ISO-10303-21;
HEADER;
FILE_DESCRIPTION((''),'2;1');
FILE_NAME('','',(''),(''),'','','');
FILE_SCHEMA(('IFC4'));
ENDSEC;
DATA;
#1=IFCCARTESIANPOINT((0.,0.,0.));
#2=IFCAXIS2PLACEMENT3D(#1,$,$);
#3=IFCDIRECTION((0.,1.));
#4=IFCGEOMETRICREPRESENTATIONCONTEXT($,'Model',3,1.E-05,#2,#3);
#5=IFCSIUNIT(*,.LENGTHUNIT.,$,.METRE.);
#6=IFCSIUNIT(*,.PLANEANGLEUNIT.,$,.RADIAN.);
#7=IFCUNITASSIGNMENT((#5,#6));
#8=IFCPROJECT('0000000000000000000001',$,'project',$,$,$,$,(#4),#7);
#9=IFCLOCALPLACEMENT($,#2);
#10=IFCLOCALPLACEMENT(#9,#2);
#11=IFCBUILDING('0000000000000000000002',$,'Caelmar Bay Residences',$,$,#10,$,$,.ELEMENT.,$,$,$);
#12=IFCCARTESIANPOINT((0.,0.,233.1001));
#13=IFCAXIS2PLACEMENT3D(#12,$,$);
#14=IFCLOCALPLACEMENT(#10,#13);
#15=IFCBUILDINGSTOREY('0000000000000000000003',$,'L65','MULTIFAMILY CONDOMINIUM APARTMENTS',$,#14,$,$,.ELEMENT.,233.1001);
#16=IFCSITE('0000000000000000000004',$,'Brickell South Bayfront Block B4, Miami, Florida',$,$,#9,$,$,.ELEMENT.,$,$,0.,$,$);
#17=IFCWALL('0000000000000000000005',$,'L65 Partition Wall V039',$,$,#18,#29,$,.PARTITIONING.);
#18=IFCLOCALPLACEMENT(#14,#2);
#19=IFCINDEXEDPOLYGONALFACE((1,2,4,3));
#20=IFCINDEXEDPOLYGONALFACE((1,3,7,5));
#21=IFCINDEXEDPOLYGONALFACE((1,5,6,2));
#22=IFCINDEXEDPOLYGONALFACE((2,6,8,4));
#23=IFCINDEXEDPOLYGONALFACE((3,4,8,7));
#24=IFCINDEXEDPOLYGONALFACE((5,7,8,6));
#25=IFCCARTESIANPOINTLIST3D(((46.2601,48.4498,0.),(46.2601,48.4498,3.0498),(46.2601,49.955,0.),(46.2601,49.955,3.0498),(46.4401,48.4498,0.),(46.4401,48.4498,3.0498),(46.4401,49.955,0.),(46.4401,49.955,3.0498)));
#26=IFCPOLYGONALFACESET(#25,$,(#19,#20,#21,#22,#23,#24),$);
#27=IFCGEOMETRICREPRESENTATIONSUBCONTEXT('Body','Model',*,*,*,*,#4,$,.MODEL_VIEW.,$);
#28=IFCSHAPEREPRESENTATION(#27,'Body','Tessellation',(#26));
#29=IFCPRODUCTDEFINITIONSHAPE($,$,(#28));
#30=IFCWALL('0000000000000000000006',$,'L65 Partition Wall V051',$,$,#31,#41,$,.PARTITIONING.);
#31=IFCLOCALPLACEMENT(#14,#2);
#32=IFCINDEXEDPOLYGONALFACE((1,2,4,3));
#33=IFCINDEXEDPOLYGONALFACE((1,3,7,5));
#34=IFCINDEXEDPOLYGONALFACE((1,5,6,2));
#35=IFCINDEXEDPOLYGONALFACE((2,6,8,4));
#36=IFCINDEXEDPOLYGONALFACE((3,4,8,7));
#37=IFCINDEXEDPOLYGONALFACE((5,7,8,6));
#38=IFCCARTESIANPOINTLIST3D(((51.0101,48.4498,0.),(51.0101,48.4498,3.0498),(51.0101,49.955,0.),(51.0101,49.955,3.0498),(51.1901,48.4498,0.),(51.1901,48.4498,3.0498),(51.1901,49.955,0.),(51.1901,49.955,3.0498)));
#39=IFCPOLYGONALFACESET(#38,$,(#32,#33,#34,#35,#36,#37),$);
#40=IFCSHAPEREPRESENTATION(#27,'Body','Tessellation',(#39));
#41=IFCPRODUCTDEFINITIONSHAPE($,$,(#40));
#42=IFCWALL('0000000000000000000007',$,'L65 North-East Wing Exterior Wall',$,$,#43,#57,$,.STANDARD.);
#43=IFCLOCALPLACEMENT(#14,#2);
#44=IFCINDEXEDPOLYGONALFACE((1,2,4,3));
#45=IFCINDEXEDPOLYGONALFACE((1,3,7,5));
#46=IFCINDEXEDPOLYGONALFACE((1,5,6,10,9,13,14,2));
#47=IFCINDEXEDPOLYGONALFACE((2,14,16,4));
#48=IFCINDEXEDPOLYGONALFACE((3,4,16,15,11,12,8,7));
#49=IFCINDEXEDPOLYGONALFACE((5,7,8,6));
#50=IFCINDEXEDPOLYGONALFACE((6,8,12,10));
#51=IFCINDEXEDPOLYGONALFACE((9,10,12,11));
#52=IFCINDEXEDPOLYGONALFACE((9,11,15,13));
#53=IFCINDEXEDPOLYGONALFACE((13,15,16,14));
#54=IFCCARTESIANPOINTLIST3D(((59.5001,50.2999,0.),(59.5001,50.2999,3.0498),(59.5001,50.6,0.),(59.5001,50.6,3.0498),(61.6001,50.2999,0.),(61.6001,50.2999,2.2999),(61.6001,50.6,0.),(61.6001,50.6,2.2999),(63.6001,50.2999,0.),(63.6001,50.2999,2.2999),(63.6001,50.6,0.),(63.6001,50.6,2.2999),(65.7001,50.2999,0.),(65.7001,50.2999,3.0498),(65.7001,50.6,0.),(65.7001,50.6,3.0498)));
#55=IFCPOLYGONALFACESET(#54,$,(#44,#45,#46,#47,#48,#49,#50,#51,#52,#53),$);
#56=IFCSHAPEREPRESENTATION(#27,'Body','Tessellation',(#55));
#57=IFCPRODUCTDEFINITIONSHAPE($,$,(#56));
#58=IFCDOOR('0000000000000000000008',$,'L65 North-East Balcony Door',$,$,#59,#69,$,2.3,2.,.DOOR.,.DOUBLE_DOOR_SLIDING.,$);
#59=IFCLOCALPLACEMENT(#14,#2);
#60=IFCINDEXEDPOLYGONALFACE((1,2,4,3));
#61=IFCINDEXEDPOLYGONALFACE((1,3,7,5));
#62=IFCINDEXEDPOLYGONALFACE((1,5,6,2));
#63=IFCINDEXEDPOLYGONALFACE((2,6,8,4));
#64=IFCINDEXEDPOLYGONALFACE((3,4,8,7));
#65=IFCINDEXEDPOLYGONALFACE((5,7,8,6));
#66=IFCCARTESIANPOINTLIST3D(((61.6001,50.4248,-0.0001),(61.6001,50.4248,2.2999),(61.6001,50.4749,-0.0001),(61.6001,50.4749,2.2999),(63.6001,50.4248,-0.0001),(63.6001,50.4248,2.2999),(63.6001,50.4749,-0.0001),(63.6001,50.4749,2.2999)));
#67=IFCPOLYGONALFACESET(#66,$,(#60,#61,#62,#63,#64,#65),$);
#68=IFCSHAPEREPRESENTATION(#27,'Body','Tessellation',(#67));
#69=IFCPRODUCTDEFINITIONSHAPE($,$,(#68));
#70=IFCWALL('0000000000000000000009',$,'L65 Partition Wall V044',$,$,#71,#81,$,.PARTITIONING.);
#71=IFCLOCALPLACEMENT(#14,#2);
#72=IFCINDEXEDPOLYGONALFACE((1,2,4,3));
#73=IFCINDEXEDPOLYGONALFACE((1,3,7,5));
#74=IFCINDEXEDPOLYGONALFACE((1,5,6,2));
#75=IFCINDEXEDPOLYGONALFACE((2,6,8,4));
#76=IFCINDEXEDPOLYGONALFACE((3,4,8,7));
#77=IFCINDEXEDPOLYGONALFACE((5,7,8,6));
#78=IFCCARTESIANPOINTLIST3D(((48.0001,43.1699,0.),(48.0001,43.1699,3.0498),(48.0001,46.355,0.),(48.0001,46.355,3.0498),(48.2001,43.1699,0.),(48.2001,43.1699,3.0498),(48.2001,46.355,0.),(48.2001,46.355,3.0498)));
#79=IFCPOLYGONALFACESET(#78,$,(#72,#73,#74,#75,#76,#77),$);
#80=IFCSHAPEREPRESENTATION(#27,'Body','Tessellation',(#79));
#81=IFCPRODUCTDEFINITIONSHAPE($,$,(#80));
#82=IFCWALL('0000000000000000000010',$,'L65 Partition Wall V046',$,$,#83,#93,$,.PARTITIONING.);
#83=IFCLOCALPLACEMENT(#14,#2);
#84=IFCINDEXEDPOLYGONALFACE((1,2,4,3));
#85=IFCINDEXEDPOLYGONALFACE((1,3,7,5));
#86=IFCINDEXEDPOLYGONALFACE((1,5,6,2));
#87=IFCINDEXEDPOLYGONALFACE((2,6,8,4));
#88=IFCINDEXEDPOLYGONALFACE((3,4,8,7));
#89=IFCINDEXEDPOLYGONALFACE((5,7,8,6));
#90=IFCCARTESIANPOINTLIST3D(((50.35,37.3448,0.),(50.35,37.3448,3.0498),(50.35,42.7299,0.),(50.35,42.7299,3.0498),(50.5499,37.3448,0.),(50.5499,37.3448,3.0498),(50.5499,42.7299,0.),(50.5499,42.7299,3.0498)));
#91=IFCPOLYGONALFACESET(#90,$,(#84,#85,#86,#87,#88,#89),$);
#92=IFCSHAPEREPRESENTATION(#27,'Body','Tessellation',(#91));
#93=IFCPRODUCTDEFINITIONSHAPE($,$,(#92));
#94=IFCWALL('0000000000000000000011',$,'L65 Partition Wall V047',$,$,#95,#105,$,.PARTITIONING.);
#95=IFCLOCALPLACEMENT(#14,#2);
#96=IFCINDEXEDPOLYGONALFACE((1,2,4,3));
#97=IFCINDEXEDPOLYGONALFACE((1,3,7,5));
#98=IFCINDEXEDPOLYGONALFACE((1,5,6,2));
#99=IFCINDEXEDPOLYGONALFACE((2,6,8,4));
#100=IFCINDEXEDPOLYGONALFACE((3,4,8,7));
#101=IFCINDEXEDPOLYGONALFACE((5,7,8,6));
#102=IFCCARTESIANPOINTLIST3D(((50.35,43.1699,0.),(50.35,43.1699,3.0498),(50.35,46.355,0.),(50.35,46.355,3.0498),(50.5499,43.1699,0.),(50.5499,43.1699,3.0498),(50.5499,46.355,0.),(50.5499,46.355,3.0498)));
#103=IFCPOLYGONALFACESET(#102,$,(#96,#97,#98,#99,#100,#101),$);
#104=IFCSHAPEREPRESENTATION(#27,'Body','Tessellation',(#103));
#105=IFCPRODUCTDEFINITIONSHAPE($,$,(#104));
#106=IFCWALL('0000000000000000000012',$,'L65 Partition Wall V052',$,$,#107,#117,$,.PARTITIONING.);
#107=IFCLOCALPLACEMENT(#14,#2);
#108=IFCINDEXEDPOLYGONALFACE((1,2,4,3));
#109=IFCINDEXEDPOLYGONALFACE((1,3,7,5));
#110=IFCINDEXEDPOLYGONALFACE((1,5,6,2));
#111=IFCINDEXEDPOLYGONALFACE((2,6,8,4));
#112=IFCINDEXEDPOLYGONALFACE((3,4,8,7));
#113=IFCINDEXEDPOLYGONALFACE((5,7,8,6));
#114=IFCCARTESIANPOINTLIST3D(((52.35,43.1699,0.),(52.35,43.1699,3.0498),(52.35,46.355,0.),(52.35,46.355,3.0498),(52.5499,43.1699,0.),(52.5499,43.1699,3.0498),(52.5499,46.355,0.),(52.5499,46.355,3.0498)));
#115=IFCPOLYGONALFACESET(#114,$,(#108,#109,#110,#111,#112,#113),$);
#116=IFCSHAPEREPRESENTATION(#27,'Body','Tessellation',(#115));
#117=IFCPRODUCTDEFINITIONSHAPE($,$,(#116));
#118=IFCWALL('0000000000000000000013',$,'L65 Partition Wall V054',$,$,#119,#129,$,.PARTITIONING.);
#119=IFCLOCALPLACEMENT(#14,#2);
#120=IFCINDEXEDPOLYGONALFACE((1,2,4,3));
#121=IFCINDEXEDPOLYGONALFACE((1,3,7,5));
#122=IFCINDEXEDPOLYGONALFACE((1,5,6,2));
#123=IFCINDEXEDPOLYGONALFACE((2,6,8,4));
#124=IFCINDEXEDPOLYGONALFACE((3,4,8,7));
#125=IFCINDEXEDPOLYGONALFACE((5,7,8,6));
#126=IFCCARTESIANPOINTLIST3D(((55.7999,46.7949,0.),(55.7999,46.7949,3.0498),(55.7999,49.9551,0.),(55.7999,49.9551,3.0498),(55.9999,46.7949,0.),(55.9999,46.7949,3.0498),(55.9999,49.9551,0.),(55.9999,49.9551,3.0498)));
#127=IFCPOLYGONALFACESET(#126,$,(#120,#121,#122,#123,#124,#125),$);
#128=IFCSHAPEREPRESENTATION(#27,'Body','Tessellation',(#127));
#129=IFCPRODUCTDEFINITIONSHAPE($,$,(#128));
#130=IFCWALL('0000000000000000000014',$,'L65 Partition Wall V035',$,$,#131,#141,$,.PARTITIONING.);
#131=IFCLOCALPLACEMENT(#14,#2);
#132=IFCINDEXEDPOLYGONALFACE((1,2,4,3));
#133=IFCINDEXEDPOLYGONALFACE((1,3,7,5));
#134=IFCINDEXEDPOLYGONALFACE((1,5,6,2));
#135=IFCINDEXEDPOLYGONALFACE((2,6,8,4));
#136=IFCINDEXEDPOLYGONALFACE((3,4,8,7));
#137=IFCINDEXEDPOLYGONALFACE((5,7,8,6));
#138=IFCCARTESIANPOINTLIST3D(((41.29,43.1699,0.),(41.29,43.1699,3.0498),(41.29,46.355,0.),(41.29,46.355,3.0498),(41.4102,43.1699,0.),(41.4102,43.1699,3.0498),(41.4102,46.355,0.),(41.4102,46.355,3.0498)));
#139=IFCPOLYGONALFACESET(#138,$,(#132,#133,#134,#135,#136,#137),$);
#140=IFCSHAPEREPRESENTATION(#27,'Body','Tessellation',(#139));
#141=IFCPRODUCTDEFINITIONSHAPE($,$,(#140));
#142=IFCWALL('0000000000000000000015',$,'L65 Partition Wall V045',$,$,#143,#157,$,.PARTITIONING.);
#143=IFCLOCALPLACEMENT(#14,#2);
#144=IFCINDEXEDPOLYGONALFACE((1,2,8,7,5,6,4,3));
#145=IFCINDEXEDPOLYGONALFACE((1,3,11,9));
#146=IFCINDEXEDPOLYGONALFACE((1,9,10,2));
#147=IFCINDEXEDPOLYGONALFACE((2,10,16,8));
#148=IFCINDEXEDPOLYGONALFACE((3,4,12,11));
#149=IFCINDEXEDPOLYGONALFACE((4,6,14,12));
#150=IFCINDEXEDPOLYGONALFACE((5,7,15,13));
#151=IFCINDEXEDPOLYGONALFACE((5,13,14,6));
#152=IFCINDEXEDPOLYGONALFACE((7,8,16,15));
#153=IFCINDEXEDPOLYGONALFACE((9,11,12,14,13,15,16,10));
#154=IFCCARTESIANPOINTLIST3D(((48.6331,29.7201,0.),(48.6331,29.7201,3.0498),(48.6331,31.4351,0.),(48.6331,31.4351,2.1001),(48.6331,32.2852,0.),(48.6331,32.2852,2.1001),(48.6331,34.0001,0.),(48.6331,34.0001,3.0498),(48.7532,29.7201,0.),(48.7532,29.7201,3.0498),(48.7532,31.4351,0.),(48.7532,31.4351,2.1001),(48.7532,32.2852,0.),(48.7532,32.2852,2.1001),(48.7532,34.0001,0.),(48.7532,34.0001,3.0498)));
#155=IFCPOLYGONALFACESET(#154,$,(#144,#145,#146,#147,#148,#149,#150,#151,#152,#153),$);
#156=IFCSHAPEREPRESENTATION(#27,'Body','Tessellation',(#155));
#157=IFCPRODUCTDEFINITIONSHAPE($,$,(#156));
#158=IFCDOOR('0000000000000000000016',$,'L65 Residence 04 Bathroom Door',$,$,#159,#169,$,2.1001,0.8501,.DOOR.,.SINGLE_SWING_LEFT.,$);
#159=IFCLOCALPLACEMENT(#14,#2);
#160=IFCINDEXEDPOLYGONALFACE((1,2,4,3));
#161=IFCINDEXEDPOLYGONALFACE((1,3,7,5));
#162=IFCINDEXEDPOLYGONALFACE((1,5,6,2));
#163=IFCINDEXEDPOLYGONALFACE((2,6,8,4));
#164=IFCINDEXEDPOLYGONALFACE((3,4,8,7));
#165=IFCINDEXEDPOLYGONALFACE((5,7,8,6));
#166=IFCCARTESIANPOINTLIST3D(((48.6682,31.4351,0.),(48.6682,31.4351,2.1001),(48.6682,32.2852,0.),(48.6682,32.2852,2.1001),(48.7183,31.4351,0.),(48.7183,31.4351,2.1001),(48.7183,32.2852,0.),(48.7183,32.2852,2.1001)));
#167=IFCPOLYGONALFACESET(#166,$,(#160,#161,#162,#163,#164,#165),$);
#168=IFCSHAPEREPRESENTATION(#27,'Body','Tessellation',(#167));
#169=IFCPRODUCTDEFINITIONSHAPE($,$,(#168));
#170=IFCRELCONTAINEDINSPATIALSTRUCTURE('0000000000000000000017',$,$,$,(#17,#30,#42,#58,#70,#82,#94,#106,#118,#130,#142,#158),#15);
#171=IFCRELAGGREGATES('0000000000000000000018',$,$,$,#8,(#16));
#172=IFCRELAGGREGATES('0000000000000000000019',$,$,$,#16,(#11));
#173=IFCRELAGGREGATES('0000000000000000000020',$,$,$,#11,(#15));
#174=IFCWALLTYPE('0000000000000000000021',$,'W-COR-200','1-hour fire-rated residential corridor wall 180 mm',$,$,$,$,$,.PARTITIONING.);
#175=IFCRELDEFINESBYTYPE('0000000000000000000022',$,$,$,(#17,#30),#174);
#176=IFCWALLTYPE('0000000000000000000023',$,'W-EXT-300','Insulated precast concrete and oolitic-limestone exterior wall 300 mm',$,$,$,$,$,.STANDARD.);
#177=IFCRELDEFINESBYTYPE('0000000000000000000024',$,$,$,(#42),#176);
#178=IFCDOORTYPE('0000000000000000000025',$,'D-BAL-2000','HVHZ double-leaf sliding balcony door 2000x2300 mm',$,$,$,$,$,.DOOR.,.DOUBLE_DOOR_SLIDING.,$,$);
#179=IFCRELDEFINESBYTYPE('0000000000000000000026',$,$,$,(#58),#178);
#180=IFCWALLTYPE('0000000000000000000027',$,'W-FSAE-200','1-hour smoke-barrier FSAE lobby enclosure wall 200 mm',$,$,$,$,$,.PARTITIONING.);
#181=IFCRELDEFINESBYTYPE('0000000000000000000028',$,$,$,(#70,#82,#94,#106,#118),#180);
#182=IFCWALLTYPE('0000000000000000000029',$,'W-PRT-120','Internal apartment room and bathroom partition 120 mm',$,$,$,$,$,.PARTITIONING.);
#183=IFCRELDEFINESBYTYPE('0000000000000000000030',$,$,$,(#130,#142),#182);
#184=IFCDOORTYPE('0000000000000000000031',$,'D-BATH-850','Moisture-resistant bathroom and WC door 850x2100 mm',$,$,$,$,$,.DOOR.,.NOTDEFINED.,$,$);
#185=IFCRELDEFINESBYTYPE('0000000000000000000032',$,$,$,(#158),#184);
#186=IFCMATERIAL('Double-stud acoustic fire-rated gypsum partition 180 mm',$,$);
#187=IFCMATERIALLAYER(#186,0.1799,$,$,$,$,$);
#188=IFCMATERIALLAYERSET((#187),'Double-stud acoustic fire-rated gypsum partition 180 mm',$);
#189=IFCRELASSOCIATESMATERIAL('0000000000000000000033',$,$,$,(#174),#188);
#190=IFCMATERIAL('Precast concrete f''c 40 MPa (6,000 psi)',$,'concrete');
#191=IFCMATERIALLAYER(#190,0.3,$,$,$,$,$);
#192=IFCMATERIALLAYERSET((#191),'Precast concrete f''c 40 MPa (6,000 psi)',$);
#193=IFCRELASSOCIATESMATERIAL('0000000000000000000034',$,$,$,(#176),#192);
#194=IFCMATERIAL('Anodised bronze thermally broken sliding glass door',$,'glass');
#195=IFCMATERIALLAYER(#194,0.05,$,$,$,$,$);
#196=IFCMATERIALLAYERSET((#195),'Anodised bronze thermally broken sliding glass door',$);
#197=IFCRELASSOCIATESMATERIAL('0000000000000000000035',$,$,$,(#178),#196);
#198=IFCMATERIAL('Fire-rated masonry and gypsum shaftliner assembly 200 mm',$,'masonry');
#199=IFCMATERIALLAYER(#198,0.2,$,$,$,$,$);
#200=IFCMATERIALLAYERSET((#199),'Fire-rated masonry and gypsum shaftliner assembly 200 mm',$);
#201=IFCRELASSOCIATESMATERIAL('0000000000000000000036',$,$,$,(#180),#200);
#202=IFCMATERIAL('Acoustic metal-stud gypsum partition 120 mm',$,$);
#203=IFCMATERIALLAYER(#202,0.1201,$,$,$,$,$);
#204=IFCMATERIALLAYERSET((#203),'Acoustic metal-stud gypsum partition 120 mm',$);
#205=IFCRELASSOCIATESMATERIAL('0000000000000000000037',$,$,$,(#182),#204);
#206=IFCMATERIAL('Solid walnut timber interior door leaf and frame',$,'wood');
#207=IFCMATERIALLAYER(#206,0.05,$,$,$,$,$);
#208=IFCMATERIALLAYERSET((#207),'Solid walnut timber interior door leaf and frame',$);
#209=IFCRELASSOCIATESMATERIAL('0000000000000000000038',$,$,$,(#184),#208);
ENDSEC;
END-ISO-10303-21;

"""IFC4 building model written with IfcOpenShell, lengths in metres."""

from ifc_helpers import new_model, si_unit, direction, frame, frame_2d, origin, place, context, subcontext, project, spatial, rectangle, extrude, material, layer, layer_set, type_object, element, fill, save


model = new_model("IFC4")

# Units and contexts
model_context = context("Model", 3, precision=1e-05, world=origin(), true_north=direction((0.0, 1.0)))
body_context = subcontext(model_context, "Body", "Model", "MODEL_VIEW")
ifc_project = project(units=[si_unit("LENGTHUNIT", "METRE"), si_unit("PLANEANGLEUNIT", "RADIAN")], contexts=[model_context])

# Site, building, storey
site_placement = place(None, origin())
site = spatial("IfcSite", under=ifc_project, at=site_placement, Name="Brickell South Bayfront Block B4, Miami, Florida", CompositionType="ELEMENT", RefElevation=0.0)
building_placement = place(site_placement, origin())
building = spatial("IfcBuilding", under=site, at=building_placement, Name="Caelmar Bay Residences", CompositionType="ELEMENT")
storey_placement = place(building_placement, frame((0.0, 0.0, 233.1001)))
storey = spatial("IfcBuildingStorey", under=building, at=storey_placement, Name="L65", Description="MULTIFAMILY CONDOMINIUM APARTMENTS", CompositionType="ELEMENT", Elevation=233.1001)

# Walls
ifc_material_1 = material(Name="Double-stud acoustic fire-rated gypsum partition 180 mm")
ifc_layer_1 = layer(ifc_material_1, 0.1799)
ifc_layer_set_1 = layer_set([ifc_layer_1], Name="Double-stud acoustic fire-rated gypsum partition 180 mm")
wall_type_1 = type_object("IfcWallType", Name="W-COR-200", Description="1-hour fire-rated residential corridor wall 180 mm", PredefinedType="PARTITIONING", material=ifc_layer_set_1)
for number, where, z_axis, x_axis, name in (
    (1, (46.3501, 48.45, 0.0), (0.0, 0.0, 1.0), (0.0, 1.0, 0.0), "L65 Partition Wall V039"),
    (2, (51.1001, 48.45, 0.0), (0.0, 0.0, 1.0), (0.0, 1.0, 0.0), "L65 Partition Wall V051"),
):
    element("IfcWall", number, at=place(storey_placement, frame(where, z_axis=z_axis, x_axis=x_axis)), inside=storey, type_object=wall_type_1, Name=name, PredefinedType="PARTITIONING", context=body_context, shape_type="SweptSolid", body=[
        extrude(rectangle(XDim=1.5051, YDim=0.1799, at=frame_2d((0.7524, 0.0))), origin(), (0.0, 0.0, 1.0), 3.0498),
    ])

# Wall, opening, door
ifc_material_2 = material(Name="Precast concrete f'c 40 MPa (6,000 psi)", Category="concrete")
ifc_layer_2 = layer(ifc_material_2, 0.3)
ifc_layer_set_2 = layer_set([ifc_layer_2], Name="Precast concrete f'c 40 MPa (6,000 psi)")
wall_type_2 = type_object("IfcWallType", Name="W-EXT-300", Description="Insulated precast concrete and oolitic-limestone exterior wall 300 mm", PredefinedType="STANDARD", material=ifc_layer_set_2)
wall_1_placement = place(storey_placement, frame((59.5, 50.45, 0.0), z_axis=(0.0, 0.0, 1.0), x_axis=(1.0, 0.0, 0.0)))
wall_1 = element("IfcWall", 3, at=wall_1_placement, inside=storey, type_object=wall_type_2, Name="L65 North-East Wing Exterior Wall", PredefinedType="STANDARD", context=body_context, shape_type="SweptSolid", body=[
    extrude(rectangle(XDim=6.2, YDim=0.3, at=frame_2d((3.1001, 0.0))), origin(), (0.0, 0.0, 1.0), 3.0498),
])
opening_1_placement = place(wall_1_placement, frame((2.1001, 0.0, 0.0)))
opening_1 = element("IfcOpeningElement", 4, at=opening_1_placement, cuts=wall_1, PredefinedType="OPENING", context=body_context, shape_type="SweptSolid", body=[
    extrude(rectangle(XDim=2.0, YDim=2.3, at=frame_2d((1.0, 1.1499))), frame((0.0, 0.1599, 0.0), z_axis=(0.0, -1.0, 0.0), x_axis=(1.0, 0.0, 0.0)), (0.0, 0.0, 1.0), 0.3201),
])
ifc_material_3 = material(Name="Anodised bronze thermally broken sliding glass door", Category="glass")
ifc_layer_3 = layer(ifc_material_3, 0.05)
ifc_layer_set_3 = layer_set([ifc_layer_3], Name="Anodised bronze thermally broken sliding glass door")
door_type_1 = type_object("IfcDoorType", Name="D-BAL-2000", Description="HVHZ double-leaf sliding balcony door 2000x2300 mm", OperationType="DOUBLE_DOOR_SLIDING", PredefinedType="DOOR", material=ifc_layer_set_3)
door_1_placement = place(opening_1_placement, origin())
door_1 = element("IfcDoor", 5, at=door_1_placement, inside=storey, type_object=door_type_1, Name="L65 North-East Balcony Door", OperationType="DOUBLE_DOOR_SLIDING", OverallHeight=2.3, OverallWidth=2.0, PredefinedType="DOOR", context=body_context, shape_type="SweptSolid", body=[
    extrude(rectangle(XDim=2.0, YDim=2.3, at=frame_2d((1.0, 1.1499))), frame((0.0, 0.0249, 0.0), z_axis=(0.0, -1.0, 0.0), x_axis=(1.0, 0.0, 0.0)), (0.0, 0.0, 1.0), 0.05),
])
fill(opening_1, door_1)

# Walls
ifc_material_4 = material(Name="Fire-rated masonry and gypsum shaftliner assembly 200 mm", Category="masonry")
ifc_layer_4 = layer(ifc_material_4, 0.2)
ifc_layer_set_4 = layer_set([ifc_layer_4], Name="Fire-rated masonry and gypsum shaftliner assembly 200 mm")
wall_type_3 = type_object("IfcWallType", Name="W-FSAE-200", Description="1-hour smoke-barrier FSAE lobby enclosure wall 200 mm", PredefinedType="PARTITIONING", material=ifc_layer_set_4)
wall_2_placement = place(storey_placement, frame((48.1001, 43.1699, 0.0), z_axis=(0.0, 0.0, 1.0), x_axis=(0.0, 1.0, 0.0)))
element("IfcWall", 6, at=wall_2_placement, inside=storey, type_object=wall_type_3, Name="L65 Partition Wall V044", PredefinedType="PARTITIONING", context=body_context, shape_type="SweptSolid", body=[
    extrude(rectangle(XDim=3.1851, YDim=0.2, at=frame_2d((1.5925, 0.0))), origin(), (0.0, 0.0, 1.0), 3.0498),
])
wall_3_placement = place(storey_placement, frame((50.45, 37.345, 0.0), z_axis=(0.0, 0.0, 1.0), x_axis=(0.0, 1.0, 0.0)))
element("IfcWall", 7, at=wall_3_placement, inside=storey, type_object=wall_type_3, Name="L65 Partition Wall V046", PredefinedType="PARTITIONING", context=body_context, shape_type="SweptSolid", body=[
    extrude(rectangle(XDim=5.385, YDim=0.2, at=frame_2d((2.6924, 0.0))), origin(), (0.0, 0.0, 1.0), 3.0498),
])
for number, where, z_axis, x_axis, name in (
    (8, (50.45, 43.1699, 0.0), (0.0, 0.0, 1.0), (0.0, 1.0, 0.0), "L65 Partition Wall V047"),
    (9, (52.45, 43.1699, 0.0), (0.0, 0.0, 1.0), (0.0, 1.0, 0.0), "L65 Partition Wall V052"),
):
    element("IfcWall", number, at=place(storey_placement, frame(where, z_axis=z_axis, x_axis=x_axis)), inside=storey, type_object=wall_type_3, Name=name, PredefinedType="PARTITIONING", context=body_context, shape_type="SweptSolid", body=[
        extrude(rectangle(XDim=3.1851, YDim=0.2, at=frame_2d((1.5925, 0.0))), origin(), (0.0, 0.0, 1.0), 3.0498),
    ])
wall_4_placement = place(storey_placement, frame((55.8999, 46.7949, 0.0), z_axis=(0.0, 0.0, 1.0), x_axis=(0.0, 1.0, 0.0)))
element("IfcWall", 10, at=wall_4_placement, inside=storey, type_object=wall_type_3, Name="L65 Partition Wall V054", PredefinedType="PARTITIONING", context=body_context, shape_type="SweptSolid", body=[
    extrude(rectangle(XDim=3.1602, YDim=0.2, at=frame_2d((1.5801, 0.0))), origin(), (0.0, 0.0, 1.0), 3.0498),
])
ifc_material_5 = material(Name="Acoustic metal-stud gypsum partition 120 mm")
ifc_layer_5 = layer(ifc_material_5, 0.1201)
ifc_layer_set_5 = layer_set([ifc_layer_5], Name="Acoustic metal-stud gypsum partition 120 mm")
wall_type_4 = type_object("IfcWallType", Name="W-PRT-120", Description="Internal apartment room and bathroom partition 120 mm", PredefinedType="PARTITIONING", material=ifc_layer_set_5)
wall_5_placement = place(storey_placement, frame((41.3501, 43.1699, 0.0), z_axis=(0.0, 0.0, 1.0), x_axis=(0.0, 1.0, 0.0)))
element("IfcWall", 11, at=wall_5_placement, inside=storey, type_object=wall_type_4, Name="L65 Partition Wall V035", PredefinedType="PARTITIONING", context=body_context, shape_type="SweptSolid", body=[
    extrude(rectangle(XDim=3.1851, YDim=0.1201, at=frame_2d((1.5925, 0.0))), origin(), (0.0, 0.0, 1.0), 3.0498),
])

# Wall, opening, door
wall_6_placement = place(storey_placement, frame((48.6931, 29.72, 0.0), z_axis=(0.0, 0.0, 1.0), x_axis=(0.0, 1.0, 0.0)))
wall_6 = element("IfcWall", 12, at=wall_6_placement, inside=storey, type_object=wall_type_4, Name="L65 Partition Wall V045", PredefinedType="PARTITIONING", context=body_context, shape_type="SweptSolid", body=[
    extrude(rectangle(XDim=4.28, YDim=0.1201, at=frame_2d((2.1401, 0.0))), origin(), (0.0, 0.0, 1.0), 3.0498),
])
opening_2_placement = place(wall_6_placement, frame((1.7151, 0.0, 0.0)))
opening_2 = element("IfcOpeningElement", 13, at=opening_2_placement, cuts=wall_6, PredefinedType="OPENING", context=body_context, shape_type="SweptSolid", body=[
    extrude(rectangle(XDim=0.8501, YDim=2.1001, at=frame_2d((0.425, 1.05))), frame((0.0, 0.0701, 0.0), z_axis=(0.0, -1.0, 0.0), x_axis=(1.0, 0.0, 0.0)), (0.0, 0.0, 1.0), 0.1401),
])
ifc_material_6 = material(Name="Solid walnut timber interior door leaf and frame", Category="wood")
ifc_layer_6 = layer(ifc_material_6, 0.05)
ifc_layer_set_6 = layer_set([ifc_layer_6], Name="Solid walnut timber interior door leaf and frame")
door_type_2 = type_object("IfcDoorType", Name="D-BATH-850", Description="Moisture-resistant bathroom and WC door 850x2100 mm", OperationType="NOTDEFINED", PredefinedType="DOOR", material=ifc_layer_set_6)
door_2_placement = place(opening_2_placement, origin())
door_2 = element("IfcDoor", 14, at=door_2_placement, inside=storey, type_object=door_type_2, Name="L65 Residence 04 Bathroom Door", OperationType="SINGLE_SWING_LEFT", OverallHeight=2.1001, OverallWidth=0.8501, PredefinedType="DOOR", context=body_context, shape_type="SweptSolid", body=[
    extrude(rectangle(XDim=0.8501, YDim=2.1001, at=frame_2d((0.425, 1.05))), frame((0.0, 0.0249, 0.0), z_axis=(0.0, -1.0, 0.0), x_axis=(1.0, 0.0, 0.0)), (0.0, 0.0, 1.0), 0.05),
])
fill(opening_2, door_2)

save(model, "model.ifc")
